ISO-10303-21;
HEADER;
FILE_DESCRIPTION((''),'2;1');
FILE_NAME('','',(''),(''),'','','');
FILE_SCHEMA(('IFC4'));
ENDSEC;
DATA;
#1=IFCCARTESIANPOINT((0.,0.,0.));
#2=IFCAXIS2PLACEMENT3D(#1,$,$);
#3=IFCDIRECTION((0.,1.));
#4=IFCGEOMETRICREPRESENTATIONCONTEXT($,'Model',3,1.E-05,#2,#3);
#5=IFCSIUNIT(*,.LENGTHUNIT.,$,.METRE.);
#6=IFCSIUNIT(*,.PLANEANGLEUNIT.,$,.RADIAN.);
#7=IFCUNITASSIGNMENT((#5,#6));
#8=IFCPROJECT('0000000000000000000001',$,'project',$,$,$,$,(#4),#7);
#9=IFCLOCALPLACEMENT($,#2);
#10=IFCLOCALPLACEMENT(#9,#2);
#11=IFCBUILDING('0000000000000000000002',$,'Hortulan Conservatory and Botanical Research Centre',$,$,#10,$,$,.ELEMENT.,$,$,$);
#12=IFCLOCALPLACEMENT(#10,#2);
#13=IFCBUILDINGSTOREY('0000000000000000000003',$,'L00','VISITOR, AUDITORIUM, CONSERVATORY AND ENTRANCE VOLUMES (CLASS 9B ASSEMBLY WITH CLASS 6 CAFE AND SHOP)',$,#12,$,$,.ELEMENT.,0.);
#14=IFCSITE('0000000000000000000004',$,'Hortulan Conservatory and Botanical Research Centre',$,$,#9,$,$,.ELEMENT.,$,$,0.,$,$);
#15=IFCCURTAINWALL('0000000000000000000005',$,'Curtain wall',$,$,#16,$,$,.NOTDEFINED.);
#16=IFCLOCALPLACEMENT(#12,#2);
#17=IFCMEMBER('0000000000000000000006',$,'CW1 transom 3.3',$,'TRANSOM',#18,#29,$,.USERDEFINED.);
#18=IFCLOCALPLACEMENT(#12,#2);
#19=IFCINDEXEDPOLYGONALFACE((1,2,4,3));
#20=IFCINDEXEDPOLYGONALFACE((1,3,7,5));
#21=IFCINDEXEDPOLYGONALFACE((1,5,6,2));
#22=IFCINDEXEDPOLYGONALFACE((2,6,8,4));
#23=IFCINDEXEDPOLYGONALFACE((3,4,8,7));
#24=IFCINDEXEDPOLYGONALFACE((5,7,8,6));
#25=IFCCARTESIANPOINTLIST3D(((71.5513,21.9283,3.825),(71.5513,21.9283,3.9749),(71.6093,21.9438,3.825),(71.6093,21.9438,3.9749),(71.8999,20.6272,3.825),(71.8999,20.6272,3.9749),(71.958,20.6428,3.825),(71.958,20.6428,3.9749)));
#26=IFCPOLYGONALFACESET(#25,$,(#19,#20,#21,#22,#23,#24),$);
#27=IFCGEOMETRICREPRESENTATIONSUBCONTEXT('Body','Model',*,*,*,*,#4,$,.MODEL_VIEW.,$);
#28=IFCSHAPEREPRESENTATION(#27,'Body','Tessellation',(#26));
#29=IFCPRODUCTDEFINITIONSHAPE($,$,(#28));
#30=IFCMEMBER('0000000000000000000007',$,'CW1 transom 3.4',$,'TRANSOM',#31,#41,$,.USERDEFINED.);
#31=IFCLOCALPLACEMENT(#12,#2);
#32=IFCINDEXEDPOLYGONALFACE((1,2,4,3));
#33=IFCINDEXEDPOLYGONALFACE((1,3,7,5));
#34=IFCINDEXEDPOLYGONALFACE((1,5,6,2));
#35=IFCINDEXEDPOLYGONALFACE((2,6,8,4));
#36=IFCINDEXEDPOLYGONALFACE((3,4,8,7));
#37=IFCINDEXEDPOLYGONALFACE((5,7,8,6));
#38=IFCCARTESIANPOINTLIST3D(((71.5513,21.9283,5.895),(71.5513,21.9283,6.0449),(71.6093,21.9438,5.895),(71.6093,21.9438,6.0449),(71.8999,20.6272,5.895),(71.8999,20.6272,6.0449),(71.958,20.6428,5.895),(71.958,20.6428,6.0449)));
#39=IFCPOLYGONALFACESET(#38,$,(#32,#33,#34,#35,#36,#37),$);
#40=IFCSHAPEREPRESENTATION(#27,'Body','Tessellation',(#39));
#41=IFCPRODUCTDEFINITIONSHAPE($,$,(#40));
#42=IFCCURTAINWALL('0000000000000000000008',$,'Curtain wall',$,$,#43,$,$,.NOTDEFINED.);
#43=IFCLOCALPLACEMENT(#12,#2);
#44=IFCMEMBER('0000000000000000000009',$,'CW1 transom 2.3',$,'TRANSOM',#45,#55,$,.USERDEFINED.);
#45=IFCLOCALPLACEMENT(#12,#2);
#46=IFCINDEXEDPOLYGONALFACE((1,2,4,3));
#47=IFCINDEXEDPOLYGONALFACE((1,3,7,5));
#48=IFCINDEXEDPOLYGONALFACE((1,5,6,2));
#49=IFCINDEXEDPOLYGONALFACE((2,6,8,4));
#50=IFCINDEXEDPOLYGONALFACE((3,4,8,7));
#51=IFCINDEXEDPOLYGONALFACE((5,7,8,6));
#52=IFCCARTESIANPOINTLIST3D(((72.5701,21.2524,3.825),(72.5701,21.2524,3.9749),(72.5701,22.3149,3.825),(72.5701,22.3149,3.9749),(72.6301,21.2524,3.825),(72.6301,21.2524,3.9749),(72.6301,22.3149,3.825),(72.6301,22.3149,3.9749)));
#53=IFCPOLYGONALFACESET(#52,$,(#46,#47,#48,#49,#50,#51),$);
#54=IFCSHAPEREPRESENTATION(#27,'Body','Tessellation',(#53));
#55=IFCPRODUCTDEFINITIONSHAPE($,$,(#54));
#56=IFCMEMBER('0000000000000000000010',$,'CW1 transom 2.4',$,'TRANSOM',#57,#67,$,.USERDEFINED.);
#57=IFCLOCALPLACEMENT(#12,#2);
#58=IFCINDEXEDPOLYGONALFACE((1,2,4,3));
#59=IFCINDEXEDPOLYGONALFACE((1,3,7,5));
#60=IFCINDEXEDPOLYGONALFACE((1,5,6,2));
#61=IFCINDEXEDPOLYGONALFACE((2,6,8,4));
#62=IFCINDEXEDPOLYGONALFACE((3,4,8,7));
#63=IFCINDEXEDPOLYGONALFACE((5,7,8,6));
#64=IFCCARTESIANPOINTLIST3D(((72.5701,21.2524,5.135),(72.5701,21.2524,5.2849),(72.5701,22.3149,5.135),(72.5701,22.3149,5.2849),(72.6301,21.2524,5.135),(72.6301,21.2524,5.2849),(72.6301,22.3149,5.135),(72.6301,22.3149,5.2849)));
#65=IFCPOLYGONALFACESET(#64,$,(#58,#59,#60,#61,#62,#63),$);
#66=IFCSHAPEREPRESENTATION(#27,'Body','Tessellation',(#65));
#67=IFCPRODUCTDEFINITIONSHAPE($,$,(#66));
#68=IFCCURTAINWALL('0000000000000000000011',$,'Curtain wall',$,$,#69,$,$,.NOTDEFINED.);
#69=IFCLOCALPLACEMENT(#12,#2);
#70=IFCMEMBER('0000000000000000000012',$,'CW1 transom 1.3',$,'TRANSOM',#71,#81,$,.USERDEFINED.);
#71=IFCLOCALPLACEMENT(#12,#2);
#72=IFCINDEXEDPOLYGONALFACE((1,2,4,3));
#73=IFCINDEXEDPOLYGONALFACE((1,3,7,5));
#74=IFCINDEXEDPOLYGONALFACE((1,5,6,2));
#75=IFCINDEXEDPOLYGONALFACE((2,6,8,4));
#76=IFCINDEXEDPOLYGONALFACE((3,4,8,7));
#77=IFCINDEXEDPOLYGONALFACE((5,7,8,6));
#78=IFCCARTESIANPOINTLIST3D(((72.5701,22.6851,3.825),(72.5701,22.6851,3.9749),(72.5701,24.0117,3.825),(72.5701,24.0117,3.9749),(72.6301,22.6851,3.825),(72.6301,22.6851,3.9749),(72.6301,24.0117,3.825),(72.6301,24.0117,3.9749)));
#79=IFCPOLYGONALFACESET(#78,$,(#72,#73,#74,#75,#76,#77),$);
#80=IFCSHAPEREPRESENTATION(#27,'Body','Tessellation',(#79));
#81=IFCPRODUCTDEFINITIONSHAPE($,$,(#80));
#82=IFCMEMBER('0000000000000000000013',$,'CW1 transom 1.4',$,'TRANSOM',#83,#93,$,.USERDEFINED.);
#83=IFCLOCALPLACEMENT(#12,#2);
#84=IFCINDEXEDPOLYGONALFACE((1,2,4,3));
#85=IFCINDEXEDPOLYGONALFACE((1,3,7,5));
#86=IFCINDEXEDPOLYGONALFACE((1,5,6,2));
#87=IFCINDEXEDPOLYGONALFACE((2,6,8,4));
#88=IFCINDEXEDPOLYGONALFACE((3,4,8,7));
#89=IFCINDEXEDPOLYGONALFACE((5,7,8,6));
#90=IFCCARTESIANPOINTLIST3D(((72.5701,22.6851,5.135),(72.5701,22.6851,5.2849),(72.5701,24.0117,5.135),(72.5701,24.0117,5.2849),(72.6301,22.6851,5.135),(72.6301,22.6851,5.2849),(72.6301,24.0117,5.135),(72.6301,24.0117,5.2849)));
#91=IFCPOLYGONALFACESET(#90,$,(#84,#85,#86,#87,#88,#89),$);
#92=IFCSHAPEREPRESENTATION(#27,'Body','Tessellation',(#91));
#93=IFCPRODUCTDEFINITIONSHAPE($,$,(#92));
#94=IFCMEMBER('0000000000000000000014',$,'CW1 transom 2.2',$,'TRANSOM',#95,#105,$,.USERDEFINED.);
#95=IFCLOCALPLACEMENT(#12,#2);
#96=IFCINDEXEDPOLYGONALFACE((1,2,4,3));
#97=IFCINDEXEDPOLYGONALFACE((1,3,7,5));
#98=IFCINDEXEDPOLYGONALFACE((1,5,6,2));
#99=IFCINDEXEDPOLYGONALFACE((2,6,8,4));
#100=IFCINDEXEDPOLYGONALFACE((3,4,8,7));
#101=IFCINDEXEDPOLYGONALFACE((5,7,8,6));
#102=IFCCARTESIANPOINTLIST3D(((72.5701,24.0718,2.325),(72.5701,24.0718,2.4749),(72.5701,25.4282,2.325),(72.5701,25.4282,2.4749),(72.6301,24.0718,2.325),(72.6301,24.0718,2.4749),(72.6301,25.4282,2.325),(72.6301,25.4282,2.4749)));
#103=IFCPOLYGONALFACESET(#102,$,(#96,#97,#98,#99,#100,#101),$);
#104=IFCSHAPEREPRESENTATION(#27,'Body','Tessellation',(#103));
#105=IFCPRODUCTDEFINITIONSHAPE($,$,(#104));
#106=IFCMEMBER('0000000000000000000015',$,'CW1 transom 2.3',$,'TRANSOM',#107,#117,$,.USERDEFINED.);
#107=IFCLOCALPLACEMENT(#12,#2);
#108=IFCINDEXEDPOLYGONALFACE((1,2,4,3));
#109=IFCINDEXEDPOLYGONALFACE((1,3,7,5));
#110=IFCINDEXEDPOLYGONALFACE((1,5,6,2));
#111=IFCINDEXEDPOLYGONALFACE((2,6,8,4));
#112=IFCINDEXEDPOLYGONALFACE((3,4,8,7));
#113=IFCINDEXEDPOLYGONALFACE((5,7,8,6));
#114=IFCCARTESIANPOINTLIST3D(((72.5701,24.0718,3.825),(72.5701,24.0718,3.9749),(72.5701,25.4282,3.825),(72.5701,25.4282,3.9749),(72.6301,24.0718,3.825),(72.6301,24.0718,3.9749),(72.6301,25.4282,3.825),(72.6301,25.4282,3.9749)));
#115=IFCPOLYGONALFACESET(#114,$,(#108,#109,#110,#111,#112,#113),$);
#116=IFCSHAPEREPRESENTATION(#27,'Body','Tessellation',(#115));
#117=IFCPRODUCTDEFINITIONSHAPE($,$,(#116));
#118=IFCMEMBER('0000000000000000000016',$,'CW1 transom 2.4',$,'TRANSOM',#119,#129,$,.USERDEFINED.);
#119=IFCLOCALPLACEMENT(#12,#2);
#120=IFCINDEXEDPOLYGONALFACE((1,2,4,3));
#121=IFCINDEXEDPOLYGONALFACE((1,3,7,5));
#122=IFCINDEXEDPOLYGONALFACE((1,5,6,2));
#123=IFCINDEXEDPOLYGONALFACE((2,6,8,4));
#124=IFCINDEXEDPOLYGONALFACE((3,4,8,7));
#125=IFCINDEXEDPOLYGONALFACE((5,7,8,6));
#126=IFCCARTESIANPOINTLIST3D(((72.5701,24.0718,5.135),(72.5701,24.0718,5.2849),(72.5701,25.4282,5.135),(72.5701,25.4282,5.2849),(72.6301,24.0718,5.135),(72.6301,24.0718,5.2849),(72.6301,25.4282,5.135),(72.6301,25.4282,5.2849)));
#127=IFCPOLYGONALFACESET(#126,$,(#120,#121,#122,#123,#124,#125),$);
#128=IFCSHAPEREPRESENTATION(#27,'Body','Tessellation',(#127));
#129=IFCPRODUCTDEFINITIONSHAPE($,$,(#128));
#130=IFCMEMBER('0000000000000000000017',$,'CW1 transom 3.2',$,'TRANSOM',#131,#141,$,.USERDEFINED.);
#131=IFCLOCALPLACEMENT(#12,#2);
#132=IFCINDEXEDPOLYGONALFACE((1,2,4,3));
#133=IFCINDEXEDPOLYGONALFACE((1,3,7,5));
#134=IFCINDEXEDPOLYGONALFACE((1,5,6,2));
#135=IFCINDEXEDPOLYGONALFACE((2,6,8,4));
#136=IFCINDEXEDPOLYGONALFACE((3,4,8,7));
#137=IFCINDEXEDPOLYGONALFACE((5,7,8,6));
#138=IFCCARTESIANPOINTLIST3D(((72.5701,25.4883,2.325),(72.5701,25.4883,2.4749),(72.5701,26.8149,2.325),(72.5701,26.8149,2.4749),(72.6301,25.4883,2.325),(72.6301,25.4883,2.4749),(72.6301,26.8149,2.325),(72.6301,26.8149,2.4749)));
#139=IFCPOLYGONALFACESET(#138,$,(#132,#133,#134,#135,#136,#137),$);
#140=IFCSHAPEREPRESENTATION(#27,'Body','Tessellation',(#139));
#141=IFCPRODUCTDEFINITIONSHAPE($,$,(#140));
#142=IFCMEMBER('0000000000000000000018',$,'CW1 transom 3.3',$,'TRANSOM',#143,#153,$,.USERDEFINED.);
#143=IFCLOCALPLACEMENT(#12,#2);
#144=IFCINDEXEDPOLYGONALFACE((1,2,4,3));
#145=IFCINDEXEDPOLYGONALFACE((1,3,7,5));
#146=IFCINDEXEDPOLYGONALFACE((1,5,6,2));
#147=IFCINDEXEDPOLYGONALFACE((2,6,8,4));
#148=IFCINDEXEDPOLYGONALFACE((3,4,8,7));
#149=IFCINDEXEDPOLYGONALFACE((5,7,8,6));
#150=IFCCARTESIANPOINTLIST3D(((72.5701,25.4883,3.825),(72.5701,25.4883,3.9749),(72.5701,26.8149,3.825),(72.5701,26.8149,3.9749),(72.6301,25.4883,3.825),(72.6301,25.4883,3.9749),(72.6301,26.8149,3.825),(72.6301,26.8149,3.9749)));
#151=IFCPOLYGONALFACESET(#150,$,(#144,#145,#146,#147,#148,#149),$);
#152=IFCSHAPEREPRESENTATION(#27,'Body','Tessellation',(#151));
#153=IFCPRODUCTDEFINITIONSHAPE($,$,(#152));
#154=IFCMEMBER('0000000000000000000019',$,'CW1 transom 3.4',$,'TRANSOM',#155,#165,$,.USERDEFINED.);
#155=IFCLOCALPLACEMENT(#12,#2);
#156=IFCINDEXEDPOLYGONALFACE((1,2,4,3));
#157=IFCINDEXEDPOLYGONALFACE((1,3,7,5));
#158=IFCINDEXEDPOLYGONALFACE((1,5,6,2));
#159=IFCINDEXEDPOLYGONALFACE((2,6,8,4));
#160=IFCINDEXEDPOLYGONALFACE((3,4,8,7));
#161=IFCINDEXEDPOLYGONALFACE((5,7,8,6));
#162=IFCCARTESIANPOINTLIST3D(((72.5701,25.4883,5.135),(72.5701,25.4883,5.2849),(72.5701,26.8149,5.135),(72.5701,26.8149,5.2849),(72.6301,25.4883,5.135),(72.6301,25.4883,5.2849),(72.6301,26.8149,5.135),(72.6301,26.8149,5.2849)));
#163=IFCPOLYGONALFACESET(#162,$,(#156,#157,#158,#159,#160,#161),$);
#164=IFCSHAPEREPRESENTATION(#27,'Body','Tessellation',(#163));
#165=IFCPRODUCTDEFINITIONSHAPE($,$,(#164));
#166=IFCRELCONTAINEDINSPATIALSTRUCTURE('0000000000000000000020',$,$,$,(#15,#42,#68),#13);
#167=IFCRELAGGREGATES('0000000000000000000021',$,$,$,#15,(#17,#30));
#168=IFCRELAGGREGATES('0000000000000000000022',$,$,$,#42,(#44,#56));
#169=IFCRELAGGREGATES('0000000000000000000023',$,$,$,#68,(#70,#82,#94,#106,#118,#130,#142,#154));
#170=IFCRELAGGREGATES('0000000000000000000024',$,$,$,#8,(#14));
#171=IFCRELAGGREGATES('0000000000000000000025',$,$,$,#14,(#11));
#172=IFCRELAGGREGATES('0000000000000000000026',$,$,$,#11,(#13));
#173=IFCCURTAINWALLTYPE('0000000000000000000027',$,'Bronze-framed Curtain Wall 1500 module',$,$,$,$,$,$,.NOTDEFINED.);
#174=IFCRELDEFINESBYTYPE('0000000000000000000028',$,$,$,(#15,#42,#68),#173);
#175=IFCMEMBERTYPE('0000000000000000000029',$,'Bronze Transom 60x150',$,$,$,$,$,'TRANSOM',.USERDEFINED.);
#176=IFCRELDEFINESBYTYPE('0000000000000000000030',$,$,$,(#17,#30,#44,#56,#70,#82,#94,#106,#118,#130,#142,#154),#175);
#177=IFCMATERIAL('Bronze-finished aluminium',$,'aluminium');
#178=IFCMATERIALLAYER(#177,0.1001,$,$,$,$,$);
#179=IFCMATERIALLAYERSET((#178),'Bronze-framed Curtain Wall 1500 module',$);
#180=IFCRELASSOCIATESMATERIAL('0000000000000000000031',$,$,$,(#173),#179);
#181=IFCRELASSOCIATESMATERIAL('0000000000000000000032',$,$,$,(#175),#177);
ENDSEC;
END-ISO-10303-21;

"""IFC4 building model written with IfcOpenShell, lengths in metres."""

from ifc_helpers import new_model, si_unit, direction, frame, origin, origin_2d, place, context, subcontext, project, spatial, rectangle, extrude, material, layer, layer_set, material_profile, profile_set, type_object, element, aggregate, save


model = new_model("IFC4")

# Units and contexts
model_context = context("Model", 3, precision=1e-05, world=origin(), true_north=direction((0.0, 1.0)))
body_context = subcontext(model_context, "Body", "Model", "MODEL_VIEW")
ifc_project = project(units=[si_unit("LENGTHUNIT", "METRE"), si_unit("PLANEANGLEUNIT", "RADIAN")], contexts=[model_context])

# Site, building, storey
site_placement = place(None, origin())
site = spatial("IfcSite", under=ifc_project, at=site_placement, Name="Hortulan Conservatory and Botanical Research Centre", CompositionType="ELEMENT", RefElevation=0.0)
building_placement = place(site_placement, origin())
building = spatial("IfcBuilding", under=site, at=building_placement, Name="Hortulan Conservatory and Botanical Research Centre", CompositionType="ELEMENT")
storey_placement = place(building_placement, origin())
storey = spatial("IfcBuildingStorey", under=building, at=storey_placement, Name="L00", Description="VISITOR, AUDITORIUM, CONSERVATORY AND ENTRANCE VOLUMES (CLASS 9B ASSEMBLY WITH CLASS 6 CAFE AND SHOP)", CompositionType="ELEMENT", Elevation=0.0)

# Curtain walls, members
ifc_material_1 = material(Name="Bronze-finished aluminium", Category="aluminium")
ifc_layer_1 = layer(ifc_material_1, 0.1001)
ifc_layer_set_1 = layer_set([ifc_layer_1], Name="Bronze-framed Curtain Wall 1500 module")
curtain_wall_type = type_object("IfcCurtainWallType", Name="Bronze-framed Curtain Wall 1500 module", PredefinedType="NOTDEFINED", material=ifc_layer_set_1)
curtain_wall_1_placement = place(storey_placement, origin())
curtain_wall_1 = element("IfcCurtainWall", 1, at=curtain_wall_1_placement, inside=storey, type_object=curtain_wall_type, Name="Curtain wall", PredefinedType="NOTDEFINED")
ifc_material_profile_1 = material_profile(ifc_material_1, rectangle(XDim=0.0601, YDim=0.1499, at=origin_2d()), Name="Bronze Transom 60x150")
ifc_profile_set_1 = profile_set([ifc_material_profile_1], Name="Bronze-finished aluminium")
member_type = type_object("IfcMemberType", Name="Bronze Transom 60x150", ElementType="TRANSOM", PredefinedType="USERDEFINED", material=ifc_profile_set_1)
member_1_placement = place(storey_placement, frame((71.5803, 21.936, 3.8999), z_axis=(0.258836, -0.965921, 0.0), x_axis=(0.965921, 0.258836, 0.0)))
member_1 = element("IfcMember", 2, at=member_1_placement, type_object=member_type, Name="CW1 transom 3.3", ObjectType="TRANSOM", PredefinedType="USERDEFINED", context=body_context, shape_type="SweptSolid", body=[
    extrude(rectangle(XDim=0.0601, YDim=0.1499, at=origin_2d()), origin(), (0.0, 0.0, 1.0), 1.3469),
])
member_2_placement = place(storey_placement, frame((71.5803, 21.936, 5.97), z_axis=(0.258836, -0.965921, 0.0), x_axis=(0.965921, 0.258836, 0.0)))
member_2 = element("IfcMember", 3, at=member_2_placement, type_object=member_type, Name="CW1 transom 3.4", ObjectType="TRANSOM", PredefinedType="USERDEFINED", context=body_context, shape_type="SweptSolid", body=[
    extrude(rectangle(XDim=0.0601, YDim=0.1499, at=origin_2d()), origin(), (0.0, 0.0, 1.0), 1.3469),
])
curtain_wall_2_placement = place(storey_placement, origin())
curtain_wall_2 = element("IfcCurtainWall", 4, at=curtain_wall_2_placement, inside=storey, type_object=curtain_wall_type, Name="Curtain wall", PredefinedType="NOTDEFINED")
member_3_placement = place(storey_placement, frame((72.6001, 21.2524, 3.8999), z_axis=(0.0, 1.0, 0.0), x_axis=(-1.0, 0.0, 0.0)))
member_3 = element("IfcMember", 5, at=member_3_placement, type_object=member_type, Name="CW1 transom 2.3", ObjectType="TRANSOM", PredefinedType="USERDEFINED", context=body_context, shape_type="SweptSolid", body=[
    extrude(rectangle(XDim=0.0601, YDim=0.1499, at=origin_2d()), origin(), (0.0, 0.0, 1.0), 1.0625),
])
member_4_placement = place(storey_placement, frame((72.6001, 21.2524, 5.21), z_axis=(0.0, 1.0, 0.0), x_axis=(-1.0, 0.0, 0.0)))
member_4 = element("IfcMember", 6, at=member_4_placement, type_object=member_type, Name="CW1 transom 2.4", ObjectType="TRANSOM", PredefinedType="USERDEFINED", context=body_context, shape_type="SweptSolid", body=[
    extrude(rectangle(XDim=0.0601, YDim=0.1499, at=origin_2d()), origin(), (0.0, 0.0, 1.0), 1.0625),
])
curtain_wall_3_placement = place(storey_placement, origin())
curtain_wall_3 = element("IfcCurtainWall", 7, at=curtain_wall_3_placement, inside=storey, type_object=curtain_wall_type, Name="Curtain wall", PredefinedType="NOTDEFINED")
member_5_placement = place(storey_placement, frame((72.6001, 22.6851, 3.8999), z_axis=(0.0, 1.0, 0.0), x_axis=(-1.0, 0.0, 0.0)))
member_5 = element("IfcMember", 8, at=member_5_placement, type_object=member_type, Name="CW1 transom 1.3", ObjectType="TRANSOM", PredefinedType="USERDEFINED", context=body_context, shape_type="SweptSolid", body=[
    extrude(rectangle(XDim=0.0601, YDim=0.1499, at=origin_2d()), origin(), (0.0, 0.0, 1.0), 1.3267),
])
member_6_placement = place(storey_placement, frame((72.6001, 22.6851, 5.21), z_axis=(0.0, 1.0, 0.0), x_axis=(-1.0, 0.0, 0.0)))
member_6 = element("IfcMember", 9, at=member_6_placement, type_object=member_type, Name="CW1 transom 1.4", ObjectType="TRANSOM", PredefinedType="USERDEFINED", context=body_context, shape_type="SweptSolid", body=[
    extrude(rectangle(XDim=0.0601, YDim=0.1499, at=origin_2d()), origin(), (0.0, 0.0, 1.0), 1.3267),
])
member_7_placement = place(storey_placement, frame((72.6001, 24.0718, 2.3999), z_axis=(0.0, 1.0, 0.0), x_axis=(-1.0, 0.0, 0.0)))
member_7 = element("IfcMember", 10, at=member_7_placement, type_object=member_type, Name="CW1 transom 2.2", ObjectType="TRANSOM", PredefinedType="USERDEFINED", context=body_context, shape_type="SweptSolid", body=[
    extrude(rectangle(XDim=0.0601, YDim=0.1499, at=origin_2d()), origin(), (0.0, 0.0, 1.0), 1.3564),
])
member_8_placement = place(storey_placement, frame((72.6001, 24.0718, 3.8999), z_axis=(0.0, 1.0, 0.0), x_axis=(-1.0, 0.0, 0.0)))
member_8 = element("IfcMember", 11, at=member_8_placement, type_object=member_type, Name="CW1 transom 2.3", ObjectType="TRANSOM", PredefinedType="USERDEFINED", context=body_context, shape_type="SweptSolid", body=[
    extrude(rectangle(XDim=0.0601, YDim=0.1499, at=origin_2d()), origin(), (0.0, 0.0, 1.0), 1.3564),
])
member_9_placement = place(storey_placement, frame((72.6001, 24.0718, 5.21), z_axis=(0.0, 1.0, 0.0), x_axis=(-1.0, 0.0, 0.0)))
member_9 = element("IfcMember", 12, at=member_9_placement, type_object=member_type, Name="CW1 transom 2.4", ObjectType="TRANSOM", PredefinedType="USERDEFINED", context=body_context, shape_type="SweptSolid", body=[
    extrude(rectangle(XDim=0.0601, YDim=0.1499, at=origin_2d()), origin(), (0.0, 0.0, 1.0), 1.3564),
])
member_10_placement = place(storey_placement, frame((72.6001, 25.4883, 2.3999), z_axis=(0.0, 1.0, 0.0), x_axis=(-1.0, 0.0, 0.0)))
member_10 = element("IfcMember", 13, at=member_10_placement, type_object=member_type, Name="CW1 transom 3.2", ObjectType="TRANSOM", PredefinedType="USERDEFINED", context=body_context, shape_type="SweptSolid", body=[
    extrude(rectangle(XDim=0.0601, YDim=0.1499, at=origin_2d()), origin(), (0.0, 0.0, 1.0), 1.3267),
])
member_11_placement = place(storey_placement, frame((72.6001, 25.4883, 3.8999), z_axis=(0.0, 1.0, 0.0), x_axis=(-1.0, 0.0, 0.0)))
member_11 = element("IfcMember", 14, at=member_11_placement, type_object=member_type, Name="CW1 transom 3.3", ObjectType="TRANSOM", PredefinedType="USERDEFINED", context=body_context, shape_type="SweptSolid", body=[
    extrude(rectangle(XDim=0.0601, YDim=0.1499, at=origin_2d()), origin(), (0.0, 0.0, 1.0), 1.3267),
])
member_12_placement = place(storey_placement, frame((72.6001, 25.4883, 5.21), z_axis=(0.0, 1.0, 0.0), x_axis=(-1.0, 0.0, 0.0)))
member_12 = element("IfcMember", 15, at=member_12_placement, type_object=member_type, Name="CW1 transom 3.4", ObjectType="TRANSOM", PredefinedType="USERDEFINED", context=body_context, shape_type="SweptSolid", body=[
    extrude(rectangle(XDim=0.0601, YDim=0.1499, at=origin_2d()), origin(), (0.0, 0.0, 1.0), 1.3267),
])

aggregate(curtain_wall_1, [member_1, member_2])
aggregate(curtain_wall_2, [member_3, member_4])
aggregate(curtain_wall_3, [member_5, member_6, member_7, member_8, member_9, member_10, member_11, member_12])

save(model, "model.ifc")
